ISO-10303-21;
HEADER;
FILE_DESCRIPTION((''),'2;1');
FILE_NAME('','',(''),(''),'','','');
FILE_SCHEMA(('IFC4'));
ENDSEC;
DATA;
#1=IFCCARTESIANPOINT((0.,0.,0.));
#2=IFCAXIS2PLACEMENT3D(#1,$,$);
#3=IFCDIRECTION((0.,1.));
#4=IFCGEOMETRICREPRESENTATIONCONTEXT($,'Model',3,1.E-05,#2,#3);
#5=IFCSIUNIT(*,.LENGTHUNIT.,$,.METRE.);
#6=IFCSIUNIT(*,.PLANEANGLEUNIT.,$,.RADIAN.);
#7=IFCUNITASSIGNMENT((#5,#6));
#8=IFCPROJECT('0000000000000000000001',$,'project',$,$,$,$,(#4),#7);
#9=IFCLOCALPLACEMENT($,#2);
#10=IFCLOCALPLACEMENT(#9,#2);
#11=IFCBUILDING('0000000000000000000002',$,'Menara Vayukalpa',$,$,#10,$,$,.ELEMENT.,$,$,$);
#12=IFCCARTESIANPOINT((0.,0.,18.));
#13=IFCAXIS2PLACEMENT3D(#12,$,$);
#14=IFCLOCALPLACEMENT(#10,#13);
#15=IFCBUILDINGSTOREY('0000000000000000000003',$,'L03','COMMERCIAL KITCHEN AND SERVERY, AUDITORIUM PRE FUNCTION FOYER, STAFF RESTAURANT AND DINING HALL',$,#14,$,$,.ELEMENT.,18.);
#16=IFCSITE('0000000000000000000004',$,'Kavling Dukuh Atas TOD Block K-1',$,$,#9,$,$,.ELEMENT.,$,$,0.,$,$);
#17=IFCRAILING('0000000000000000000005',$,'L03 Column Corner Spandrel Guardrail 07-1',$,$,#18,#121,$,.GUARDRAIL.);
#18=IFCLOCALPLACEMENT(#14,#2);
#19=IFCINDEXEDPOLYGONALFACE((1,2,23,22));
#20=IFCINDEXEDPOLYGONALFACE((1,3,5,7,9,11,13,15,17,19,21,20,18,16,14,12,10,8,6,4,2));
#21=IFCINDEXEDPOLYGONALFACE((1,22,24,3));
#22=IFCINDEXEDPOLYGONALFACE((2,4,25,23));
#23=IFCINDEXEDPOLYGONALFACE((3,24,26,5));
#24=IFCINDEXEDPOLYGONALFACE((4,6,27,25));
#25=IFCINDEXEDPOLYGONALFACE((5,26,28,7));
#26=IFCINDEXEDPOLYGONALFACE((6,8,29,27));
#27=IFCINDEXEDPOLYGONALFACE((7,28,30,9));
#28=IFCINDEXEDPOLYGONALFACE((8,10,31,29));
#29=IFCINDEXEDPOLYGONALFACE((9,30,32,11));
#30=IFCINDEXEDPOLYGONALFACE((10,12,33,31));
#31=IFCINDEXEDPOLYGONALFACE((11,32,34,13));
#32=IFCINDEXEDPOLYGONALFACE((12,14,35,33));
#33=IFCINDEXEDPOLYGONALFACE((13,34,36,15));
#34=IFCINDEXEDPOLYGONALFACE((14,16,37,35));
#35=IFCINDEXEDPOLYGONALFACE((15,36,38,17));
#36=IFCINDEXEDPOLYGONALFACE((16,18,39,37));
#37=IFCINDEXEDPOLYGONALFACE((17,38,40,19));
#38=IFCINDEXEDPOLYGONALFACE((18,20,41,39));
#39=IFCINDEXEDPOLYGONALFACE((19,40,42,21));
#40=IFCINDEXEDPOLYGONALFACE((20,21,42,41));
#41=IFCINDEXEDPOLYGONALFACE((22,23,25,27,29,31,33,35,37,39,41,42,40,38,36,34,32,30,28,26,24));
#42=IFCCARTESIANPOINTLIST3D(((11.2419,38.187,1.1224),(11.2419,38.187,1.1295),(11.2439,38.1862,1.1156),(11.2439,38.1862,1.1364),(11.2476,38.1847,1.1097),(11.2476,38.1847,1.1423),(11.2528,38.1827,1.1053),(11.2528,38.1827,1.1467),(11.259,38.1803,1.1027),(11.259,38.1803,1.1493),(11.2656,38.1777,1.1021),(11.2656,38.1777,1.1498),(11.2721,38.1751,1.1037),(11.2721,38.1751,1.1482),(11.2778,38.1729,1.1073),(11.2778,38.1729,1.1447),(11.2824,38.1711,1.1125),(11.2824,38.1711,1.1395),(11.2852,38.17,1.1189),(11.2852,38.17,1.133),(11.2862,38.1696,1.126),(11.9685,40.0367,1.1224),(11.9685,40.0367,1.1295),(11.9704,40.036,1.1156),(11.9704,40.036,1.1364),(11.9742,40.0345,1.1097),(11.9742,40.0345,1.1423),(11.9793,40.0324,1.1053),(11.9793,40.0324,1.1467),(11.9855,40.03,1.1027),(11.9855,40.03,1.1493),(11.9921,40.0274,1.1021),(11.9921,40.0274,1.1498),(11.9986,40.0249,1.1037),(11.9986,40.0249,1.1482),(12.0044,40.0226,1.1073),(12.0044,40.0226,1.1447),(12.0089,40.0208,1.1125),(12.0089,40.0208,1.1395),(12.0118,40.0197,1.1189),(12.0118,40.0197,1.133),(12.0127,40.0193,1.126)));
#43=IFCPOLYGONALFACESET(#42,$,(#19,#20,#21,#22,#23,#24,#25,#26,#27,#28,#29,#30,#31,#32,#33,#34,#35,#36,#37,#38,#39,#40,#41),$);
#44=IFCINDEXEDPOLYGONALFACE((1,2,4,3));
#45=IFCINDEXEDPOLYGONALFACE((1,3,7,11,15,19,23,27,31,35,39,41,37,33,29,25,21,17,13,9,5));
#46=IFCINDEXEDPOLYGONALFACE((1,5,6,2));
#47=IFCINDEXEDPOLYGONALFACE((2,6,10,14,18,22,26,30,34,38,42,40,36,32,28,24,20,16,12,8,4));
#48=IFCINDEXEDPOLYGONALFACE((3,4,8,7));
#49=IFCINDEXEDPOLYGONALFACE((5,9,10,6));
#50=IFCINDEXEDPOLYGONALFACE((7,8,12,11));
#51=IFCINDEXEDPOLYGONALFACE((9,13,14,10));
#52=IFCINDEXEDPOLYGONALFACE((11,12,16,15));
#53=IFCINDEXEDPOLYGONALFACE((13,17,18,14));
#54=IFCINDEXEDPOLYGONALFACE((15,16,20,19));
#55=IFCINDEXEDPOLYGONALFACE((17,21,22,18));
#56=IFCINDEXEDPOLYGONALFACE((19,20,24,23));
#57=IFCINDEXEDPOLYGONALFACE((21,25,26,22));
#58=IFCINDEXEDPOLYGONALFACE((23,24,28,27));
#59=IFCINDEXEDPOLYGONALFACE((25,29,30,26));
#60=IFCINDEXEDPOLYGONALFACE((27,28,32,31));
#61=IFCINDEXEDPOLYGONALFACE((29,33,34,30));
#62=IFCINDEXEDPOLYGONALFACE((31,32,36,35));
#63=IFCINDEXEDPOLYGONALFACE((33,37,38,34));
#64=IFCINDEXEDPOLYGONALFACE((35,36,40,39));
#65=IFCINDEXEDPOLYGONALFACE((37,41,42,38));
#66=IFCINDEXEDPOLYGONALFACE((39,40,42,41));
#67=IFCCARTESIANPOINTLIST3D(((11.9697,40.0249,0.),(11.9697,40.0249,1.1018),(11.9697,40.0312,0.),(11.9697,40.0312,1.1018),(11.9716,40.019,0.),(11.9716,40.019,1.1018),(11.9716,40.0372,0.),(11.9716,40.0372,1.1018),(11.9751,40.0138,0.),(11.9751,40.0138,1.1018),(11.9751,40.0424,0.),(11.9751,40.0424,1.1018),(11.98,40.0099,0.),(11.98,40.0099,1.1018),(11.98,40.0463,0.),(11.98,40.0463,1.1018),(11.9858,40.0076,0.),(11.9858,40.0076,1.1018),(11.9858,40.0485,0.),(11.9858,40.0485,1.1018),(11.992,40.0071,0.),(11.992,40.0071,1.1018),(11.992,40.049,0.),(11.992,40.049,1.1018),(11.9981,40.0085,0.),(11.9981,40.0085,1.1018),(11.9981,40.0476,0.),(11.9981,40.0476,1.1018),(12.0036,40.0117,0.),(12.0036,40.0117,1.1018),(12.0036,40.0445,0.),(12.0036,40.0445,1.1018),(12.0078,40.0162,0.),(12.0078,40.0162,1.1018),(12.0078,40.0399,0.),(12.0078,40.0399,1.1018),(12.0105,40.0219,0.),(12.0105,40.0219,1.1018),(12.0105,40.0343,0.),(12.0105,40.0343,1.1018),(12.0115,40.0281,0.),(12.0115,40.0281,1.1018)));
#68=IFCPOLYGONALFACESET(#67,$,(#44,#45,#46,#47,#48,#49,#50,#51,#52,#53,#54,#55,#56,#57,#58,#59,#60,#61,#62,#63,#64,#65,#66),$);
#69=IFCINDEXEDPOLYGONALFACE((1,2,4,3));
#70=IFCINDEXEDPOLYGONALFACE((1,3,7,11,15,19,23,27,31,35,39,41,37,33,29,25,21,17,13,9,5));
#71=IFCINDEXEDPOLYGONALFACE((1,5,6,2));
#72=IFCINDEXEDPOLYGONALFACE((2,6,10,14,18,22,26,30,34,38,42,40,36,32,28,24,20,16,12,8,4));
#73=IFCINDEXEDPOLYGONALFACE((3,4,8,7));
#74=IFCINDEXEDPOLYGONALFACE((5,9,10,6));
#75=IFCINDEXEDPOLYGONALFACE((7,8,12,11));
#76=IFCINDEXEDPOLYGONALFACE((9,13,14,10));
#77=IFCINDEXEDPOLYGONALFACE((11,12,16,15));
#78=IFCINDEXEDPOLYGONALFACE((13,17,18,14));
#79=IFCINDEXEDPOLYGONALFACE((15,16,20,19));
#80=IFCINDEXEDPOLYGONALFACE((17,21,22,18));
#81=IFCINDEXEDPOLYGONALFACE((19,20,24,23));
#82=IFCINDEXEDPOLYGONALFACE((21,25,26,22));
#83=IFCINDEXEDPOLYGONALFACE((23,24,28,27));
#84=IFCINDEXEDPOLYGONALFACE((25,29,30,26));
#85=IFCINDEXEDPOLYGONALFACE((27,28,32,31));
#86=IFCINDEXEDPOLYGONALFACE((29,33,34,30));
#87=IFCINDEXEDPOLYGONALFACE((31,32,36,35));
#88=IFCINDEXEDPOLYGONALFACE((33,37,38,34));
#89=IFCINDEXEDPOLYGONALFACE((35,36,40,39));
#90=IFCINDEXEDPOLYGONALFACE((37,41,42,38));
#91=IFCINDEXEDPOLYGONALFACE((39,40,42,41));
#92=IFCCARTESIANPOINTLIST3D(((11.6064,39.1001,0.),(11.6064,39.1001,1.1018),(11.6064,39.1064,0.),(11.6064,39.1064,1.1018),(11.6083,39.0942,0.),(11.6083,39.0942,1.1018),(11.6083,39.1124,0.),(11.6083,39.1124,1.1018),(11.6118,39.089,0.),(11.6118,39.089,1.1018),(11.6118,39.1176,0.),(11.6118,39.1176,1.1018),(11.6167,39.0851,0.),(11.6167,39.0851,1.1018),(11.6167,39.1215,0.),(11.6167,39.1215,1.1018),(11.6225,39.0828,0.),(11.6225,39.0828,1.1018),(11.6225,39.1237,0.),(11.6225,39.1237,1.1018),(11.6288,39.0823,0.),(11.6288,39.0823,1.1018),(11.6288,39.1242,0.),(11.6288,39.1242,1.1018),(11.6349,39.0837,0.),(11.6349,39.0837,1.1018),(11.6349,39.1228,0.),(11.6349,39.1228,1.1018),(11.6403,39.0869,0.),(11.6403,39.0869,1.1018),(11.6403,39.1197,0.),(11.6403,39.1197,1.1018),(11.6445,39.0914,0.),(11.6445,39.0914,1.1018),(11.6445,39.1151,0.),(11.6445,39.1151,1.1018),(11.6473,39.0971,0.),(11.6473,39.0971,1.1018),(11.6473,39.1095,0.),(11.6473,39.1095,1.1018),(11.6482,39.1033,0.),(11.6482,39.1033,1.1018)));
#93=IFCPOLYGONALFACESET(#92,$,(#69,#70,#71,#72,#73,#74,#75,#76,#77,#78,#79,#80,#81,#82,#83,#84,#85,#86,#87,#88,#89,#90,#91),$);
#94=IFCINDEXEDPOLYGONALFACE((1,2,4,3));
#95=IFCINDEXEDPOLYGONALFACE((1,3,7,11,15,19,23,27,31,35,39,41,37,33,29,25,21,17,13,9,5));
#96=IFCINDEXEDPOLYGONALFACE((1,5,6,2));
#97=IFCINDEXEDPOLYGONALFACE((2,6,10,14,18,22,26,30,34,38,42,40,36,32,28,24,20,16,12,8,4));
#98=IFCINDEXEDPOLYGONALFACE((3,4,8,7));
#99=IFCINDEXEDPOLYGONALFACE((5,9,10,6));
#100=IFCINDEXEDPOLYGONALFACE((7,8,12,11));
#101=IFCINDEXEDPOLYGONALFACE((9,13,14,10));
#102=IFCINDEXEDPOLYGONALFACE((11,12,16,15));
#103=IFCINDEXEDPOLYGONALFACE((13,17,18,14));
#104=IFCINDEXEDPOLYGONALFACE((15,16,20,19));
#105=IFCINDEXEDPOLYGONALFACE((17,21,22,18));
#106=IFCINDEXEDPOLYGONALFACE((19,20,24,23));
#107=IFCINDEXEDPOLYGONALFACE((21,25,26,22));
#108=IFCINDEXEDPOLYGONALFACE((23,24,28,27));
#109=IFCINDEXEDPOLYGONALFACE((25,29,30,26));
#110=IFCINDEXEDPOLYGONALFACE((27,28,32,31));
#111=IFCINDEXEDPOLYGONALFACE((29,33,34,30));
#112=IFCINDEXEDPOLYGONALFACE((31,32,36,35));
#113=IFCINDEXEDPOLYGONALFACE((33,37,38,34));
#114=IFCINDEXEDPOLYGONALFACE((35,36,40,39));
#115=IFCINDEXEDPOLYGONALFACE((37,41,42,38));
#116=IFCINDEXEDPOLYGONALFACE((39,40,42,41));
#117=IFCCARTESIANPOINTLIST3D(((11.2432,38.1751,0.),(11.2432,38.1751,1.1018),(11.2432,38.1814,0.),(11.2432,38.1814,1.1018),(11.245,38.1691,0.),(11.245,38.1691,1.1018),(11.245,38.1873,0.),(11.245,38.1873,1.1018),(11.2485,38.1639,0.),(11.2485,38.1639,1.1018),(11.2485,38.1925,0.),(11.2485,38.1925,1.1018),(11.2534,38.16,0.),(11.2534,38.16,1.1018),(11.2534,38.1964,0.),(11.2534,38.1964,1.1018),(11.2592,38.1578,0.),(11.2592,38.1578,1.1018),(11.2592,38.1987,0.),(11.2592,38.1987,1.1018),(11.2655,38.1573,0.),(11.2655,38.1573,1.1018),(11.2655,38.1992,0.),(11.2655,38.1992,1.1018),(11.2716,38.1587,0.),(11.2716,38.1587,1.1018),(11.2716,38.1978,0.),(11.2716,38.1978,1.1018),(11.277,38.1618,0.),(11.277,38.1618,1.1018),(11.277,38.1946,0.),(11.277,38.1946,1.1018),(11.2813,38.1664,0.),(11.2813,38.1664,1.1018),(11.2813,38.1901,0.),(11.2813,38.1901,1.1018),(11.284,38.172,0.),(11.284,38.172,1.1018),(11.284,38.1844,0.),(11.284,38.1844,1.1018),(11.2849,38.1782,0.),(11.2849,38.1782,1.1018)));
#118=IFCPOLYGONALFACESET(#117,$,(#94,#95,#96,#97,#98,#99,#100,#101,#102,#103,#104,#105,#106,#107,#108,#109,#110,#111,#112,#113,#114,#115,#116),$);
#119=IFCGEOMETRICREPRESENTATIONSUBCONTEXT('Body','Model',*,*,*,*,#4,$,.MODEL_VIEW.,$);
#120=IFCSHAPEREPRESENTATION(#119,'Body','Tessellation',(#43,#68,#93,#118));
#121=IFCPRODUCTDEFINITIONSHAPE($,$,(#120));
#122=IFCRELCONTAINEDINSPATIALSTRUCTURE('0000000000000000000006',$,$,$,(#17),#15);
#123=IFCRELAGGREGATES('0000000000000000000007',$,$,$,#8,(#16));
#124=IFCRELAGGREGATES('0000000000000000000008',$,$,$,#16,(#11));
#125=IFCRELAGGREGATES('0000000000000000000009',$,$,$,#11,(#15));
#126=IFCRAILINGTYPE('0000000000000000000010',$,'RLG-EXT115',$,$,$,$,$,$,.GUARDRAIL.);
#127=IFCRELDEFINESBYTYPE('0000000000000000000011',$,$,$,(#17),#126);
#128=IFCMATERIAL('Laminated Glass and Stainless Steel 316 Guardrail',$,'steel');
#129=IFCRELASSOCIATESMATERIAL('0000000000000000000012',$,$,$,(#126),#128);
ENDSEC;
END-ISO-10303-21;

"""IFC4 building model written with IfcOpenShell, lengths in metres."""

from ifc_helpers import new_model, si_unit, direction, frame, origin, origin_2d, place, context, subcontext, project, spatial, circle, extrude, material, type_object, element, save


model = new_model("IFC4")

# Units and contexts
model_context = context("Model", 3, precision=1e-05, world=origin(), true_north=direction((0.0, 1.0)))
body_context = subcontext(model_context, "Body", "Model", "MODEL_VIEW")
ifc_project = project(units=[si_unit("LENGTHUNIT", "METRE"), si_unit("PLANEANGLEUNIT", "RADIAN")], contexts=[model_context])

# Site, building, storey
site_placement = place(None, origin())
site = spatial("IfcSite", under=ifc_project, at=site_placement, Name="Kavling Dukuh Atas TOD Block K-1", CompositionType="ELEMENT", RefElevation=0.0)
building_placement = place(site_placement, origin())
building = spatial("IfcBuilding", under=site, at=building_placement, Name="Menara Vayukalpa", CompositionType="ELEMENT")
storey_placement = place(building_placement, frame((0.0, 0.0, 18.0)))
storey = spatial("IfcBuildingStorey", under=building, at=storey_placement, Name="L03", Description="COMMERCIAL KITCHEN AND SERVERY, AUDITORIUM PRE FUNCTION FOYER, STAFF RESTAURANT AND DINING HALL", CompositionType="ELEMENT", Elevation=18.0)

# Railing
ifc_material_1 = material(Name="Laminated Glass and Stainless Steel 316 Guardrail", Category="steel")
railing_type = type_object("IfcRailingType", Name="RLG-EXT115", PredefinedType="GUARDRAIL", material=ifc_material_1)
railing_1_placement = place(storey_placement, frame((11.9905, 40.0281, 0.0)))
element("IfcRailing", 1, at=railing_1_placement, inside=storey, type_object=railing_type, Name="L03 Column Corner Spandrel Guardrail 07-1", PredefinedType="GUARDRAIL", context=body_context, shape_type="SweptSolid", body=[
    extrude(circle(Radius=0.0239, at=origin_2d()), frame((0.0, 0.0, 1.126), z_axis=(-0.36558, -0.93078, 0.0), x_axis=(0.93078, -0.36558, 0.0)), (0.0, 0.0, 1.0), 1.9873),
    extrude(circle(Radius=0.021, at=origin_2d()), origin(), (0.0, 0.0, 1.0), 1.1018),
    extrude(circle(Radius=0.021, at=origin_2d()), frame((-0.3633, -0.9248, 0.0)), (0.0, 0.0, 1.0), 1.1018),
    extrude(circle(Radius=0.021, at=origin_2d()), frame((-0.7266, -1.8499, 0.0)), (0.0, 0.0, 1.0), 1.1018),
])

save(model, "model.ifc")
